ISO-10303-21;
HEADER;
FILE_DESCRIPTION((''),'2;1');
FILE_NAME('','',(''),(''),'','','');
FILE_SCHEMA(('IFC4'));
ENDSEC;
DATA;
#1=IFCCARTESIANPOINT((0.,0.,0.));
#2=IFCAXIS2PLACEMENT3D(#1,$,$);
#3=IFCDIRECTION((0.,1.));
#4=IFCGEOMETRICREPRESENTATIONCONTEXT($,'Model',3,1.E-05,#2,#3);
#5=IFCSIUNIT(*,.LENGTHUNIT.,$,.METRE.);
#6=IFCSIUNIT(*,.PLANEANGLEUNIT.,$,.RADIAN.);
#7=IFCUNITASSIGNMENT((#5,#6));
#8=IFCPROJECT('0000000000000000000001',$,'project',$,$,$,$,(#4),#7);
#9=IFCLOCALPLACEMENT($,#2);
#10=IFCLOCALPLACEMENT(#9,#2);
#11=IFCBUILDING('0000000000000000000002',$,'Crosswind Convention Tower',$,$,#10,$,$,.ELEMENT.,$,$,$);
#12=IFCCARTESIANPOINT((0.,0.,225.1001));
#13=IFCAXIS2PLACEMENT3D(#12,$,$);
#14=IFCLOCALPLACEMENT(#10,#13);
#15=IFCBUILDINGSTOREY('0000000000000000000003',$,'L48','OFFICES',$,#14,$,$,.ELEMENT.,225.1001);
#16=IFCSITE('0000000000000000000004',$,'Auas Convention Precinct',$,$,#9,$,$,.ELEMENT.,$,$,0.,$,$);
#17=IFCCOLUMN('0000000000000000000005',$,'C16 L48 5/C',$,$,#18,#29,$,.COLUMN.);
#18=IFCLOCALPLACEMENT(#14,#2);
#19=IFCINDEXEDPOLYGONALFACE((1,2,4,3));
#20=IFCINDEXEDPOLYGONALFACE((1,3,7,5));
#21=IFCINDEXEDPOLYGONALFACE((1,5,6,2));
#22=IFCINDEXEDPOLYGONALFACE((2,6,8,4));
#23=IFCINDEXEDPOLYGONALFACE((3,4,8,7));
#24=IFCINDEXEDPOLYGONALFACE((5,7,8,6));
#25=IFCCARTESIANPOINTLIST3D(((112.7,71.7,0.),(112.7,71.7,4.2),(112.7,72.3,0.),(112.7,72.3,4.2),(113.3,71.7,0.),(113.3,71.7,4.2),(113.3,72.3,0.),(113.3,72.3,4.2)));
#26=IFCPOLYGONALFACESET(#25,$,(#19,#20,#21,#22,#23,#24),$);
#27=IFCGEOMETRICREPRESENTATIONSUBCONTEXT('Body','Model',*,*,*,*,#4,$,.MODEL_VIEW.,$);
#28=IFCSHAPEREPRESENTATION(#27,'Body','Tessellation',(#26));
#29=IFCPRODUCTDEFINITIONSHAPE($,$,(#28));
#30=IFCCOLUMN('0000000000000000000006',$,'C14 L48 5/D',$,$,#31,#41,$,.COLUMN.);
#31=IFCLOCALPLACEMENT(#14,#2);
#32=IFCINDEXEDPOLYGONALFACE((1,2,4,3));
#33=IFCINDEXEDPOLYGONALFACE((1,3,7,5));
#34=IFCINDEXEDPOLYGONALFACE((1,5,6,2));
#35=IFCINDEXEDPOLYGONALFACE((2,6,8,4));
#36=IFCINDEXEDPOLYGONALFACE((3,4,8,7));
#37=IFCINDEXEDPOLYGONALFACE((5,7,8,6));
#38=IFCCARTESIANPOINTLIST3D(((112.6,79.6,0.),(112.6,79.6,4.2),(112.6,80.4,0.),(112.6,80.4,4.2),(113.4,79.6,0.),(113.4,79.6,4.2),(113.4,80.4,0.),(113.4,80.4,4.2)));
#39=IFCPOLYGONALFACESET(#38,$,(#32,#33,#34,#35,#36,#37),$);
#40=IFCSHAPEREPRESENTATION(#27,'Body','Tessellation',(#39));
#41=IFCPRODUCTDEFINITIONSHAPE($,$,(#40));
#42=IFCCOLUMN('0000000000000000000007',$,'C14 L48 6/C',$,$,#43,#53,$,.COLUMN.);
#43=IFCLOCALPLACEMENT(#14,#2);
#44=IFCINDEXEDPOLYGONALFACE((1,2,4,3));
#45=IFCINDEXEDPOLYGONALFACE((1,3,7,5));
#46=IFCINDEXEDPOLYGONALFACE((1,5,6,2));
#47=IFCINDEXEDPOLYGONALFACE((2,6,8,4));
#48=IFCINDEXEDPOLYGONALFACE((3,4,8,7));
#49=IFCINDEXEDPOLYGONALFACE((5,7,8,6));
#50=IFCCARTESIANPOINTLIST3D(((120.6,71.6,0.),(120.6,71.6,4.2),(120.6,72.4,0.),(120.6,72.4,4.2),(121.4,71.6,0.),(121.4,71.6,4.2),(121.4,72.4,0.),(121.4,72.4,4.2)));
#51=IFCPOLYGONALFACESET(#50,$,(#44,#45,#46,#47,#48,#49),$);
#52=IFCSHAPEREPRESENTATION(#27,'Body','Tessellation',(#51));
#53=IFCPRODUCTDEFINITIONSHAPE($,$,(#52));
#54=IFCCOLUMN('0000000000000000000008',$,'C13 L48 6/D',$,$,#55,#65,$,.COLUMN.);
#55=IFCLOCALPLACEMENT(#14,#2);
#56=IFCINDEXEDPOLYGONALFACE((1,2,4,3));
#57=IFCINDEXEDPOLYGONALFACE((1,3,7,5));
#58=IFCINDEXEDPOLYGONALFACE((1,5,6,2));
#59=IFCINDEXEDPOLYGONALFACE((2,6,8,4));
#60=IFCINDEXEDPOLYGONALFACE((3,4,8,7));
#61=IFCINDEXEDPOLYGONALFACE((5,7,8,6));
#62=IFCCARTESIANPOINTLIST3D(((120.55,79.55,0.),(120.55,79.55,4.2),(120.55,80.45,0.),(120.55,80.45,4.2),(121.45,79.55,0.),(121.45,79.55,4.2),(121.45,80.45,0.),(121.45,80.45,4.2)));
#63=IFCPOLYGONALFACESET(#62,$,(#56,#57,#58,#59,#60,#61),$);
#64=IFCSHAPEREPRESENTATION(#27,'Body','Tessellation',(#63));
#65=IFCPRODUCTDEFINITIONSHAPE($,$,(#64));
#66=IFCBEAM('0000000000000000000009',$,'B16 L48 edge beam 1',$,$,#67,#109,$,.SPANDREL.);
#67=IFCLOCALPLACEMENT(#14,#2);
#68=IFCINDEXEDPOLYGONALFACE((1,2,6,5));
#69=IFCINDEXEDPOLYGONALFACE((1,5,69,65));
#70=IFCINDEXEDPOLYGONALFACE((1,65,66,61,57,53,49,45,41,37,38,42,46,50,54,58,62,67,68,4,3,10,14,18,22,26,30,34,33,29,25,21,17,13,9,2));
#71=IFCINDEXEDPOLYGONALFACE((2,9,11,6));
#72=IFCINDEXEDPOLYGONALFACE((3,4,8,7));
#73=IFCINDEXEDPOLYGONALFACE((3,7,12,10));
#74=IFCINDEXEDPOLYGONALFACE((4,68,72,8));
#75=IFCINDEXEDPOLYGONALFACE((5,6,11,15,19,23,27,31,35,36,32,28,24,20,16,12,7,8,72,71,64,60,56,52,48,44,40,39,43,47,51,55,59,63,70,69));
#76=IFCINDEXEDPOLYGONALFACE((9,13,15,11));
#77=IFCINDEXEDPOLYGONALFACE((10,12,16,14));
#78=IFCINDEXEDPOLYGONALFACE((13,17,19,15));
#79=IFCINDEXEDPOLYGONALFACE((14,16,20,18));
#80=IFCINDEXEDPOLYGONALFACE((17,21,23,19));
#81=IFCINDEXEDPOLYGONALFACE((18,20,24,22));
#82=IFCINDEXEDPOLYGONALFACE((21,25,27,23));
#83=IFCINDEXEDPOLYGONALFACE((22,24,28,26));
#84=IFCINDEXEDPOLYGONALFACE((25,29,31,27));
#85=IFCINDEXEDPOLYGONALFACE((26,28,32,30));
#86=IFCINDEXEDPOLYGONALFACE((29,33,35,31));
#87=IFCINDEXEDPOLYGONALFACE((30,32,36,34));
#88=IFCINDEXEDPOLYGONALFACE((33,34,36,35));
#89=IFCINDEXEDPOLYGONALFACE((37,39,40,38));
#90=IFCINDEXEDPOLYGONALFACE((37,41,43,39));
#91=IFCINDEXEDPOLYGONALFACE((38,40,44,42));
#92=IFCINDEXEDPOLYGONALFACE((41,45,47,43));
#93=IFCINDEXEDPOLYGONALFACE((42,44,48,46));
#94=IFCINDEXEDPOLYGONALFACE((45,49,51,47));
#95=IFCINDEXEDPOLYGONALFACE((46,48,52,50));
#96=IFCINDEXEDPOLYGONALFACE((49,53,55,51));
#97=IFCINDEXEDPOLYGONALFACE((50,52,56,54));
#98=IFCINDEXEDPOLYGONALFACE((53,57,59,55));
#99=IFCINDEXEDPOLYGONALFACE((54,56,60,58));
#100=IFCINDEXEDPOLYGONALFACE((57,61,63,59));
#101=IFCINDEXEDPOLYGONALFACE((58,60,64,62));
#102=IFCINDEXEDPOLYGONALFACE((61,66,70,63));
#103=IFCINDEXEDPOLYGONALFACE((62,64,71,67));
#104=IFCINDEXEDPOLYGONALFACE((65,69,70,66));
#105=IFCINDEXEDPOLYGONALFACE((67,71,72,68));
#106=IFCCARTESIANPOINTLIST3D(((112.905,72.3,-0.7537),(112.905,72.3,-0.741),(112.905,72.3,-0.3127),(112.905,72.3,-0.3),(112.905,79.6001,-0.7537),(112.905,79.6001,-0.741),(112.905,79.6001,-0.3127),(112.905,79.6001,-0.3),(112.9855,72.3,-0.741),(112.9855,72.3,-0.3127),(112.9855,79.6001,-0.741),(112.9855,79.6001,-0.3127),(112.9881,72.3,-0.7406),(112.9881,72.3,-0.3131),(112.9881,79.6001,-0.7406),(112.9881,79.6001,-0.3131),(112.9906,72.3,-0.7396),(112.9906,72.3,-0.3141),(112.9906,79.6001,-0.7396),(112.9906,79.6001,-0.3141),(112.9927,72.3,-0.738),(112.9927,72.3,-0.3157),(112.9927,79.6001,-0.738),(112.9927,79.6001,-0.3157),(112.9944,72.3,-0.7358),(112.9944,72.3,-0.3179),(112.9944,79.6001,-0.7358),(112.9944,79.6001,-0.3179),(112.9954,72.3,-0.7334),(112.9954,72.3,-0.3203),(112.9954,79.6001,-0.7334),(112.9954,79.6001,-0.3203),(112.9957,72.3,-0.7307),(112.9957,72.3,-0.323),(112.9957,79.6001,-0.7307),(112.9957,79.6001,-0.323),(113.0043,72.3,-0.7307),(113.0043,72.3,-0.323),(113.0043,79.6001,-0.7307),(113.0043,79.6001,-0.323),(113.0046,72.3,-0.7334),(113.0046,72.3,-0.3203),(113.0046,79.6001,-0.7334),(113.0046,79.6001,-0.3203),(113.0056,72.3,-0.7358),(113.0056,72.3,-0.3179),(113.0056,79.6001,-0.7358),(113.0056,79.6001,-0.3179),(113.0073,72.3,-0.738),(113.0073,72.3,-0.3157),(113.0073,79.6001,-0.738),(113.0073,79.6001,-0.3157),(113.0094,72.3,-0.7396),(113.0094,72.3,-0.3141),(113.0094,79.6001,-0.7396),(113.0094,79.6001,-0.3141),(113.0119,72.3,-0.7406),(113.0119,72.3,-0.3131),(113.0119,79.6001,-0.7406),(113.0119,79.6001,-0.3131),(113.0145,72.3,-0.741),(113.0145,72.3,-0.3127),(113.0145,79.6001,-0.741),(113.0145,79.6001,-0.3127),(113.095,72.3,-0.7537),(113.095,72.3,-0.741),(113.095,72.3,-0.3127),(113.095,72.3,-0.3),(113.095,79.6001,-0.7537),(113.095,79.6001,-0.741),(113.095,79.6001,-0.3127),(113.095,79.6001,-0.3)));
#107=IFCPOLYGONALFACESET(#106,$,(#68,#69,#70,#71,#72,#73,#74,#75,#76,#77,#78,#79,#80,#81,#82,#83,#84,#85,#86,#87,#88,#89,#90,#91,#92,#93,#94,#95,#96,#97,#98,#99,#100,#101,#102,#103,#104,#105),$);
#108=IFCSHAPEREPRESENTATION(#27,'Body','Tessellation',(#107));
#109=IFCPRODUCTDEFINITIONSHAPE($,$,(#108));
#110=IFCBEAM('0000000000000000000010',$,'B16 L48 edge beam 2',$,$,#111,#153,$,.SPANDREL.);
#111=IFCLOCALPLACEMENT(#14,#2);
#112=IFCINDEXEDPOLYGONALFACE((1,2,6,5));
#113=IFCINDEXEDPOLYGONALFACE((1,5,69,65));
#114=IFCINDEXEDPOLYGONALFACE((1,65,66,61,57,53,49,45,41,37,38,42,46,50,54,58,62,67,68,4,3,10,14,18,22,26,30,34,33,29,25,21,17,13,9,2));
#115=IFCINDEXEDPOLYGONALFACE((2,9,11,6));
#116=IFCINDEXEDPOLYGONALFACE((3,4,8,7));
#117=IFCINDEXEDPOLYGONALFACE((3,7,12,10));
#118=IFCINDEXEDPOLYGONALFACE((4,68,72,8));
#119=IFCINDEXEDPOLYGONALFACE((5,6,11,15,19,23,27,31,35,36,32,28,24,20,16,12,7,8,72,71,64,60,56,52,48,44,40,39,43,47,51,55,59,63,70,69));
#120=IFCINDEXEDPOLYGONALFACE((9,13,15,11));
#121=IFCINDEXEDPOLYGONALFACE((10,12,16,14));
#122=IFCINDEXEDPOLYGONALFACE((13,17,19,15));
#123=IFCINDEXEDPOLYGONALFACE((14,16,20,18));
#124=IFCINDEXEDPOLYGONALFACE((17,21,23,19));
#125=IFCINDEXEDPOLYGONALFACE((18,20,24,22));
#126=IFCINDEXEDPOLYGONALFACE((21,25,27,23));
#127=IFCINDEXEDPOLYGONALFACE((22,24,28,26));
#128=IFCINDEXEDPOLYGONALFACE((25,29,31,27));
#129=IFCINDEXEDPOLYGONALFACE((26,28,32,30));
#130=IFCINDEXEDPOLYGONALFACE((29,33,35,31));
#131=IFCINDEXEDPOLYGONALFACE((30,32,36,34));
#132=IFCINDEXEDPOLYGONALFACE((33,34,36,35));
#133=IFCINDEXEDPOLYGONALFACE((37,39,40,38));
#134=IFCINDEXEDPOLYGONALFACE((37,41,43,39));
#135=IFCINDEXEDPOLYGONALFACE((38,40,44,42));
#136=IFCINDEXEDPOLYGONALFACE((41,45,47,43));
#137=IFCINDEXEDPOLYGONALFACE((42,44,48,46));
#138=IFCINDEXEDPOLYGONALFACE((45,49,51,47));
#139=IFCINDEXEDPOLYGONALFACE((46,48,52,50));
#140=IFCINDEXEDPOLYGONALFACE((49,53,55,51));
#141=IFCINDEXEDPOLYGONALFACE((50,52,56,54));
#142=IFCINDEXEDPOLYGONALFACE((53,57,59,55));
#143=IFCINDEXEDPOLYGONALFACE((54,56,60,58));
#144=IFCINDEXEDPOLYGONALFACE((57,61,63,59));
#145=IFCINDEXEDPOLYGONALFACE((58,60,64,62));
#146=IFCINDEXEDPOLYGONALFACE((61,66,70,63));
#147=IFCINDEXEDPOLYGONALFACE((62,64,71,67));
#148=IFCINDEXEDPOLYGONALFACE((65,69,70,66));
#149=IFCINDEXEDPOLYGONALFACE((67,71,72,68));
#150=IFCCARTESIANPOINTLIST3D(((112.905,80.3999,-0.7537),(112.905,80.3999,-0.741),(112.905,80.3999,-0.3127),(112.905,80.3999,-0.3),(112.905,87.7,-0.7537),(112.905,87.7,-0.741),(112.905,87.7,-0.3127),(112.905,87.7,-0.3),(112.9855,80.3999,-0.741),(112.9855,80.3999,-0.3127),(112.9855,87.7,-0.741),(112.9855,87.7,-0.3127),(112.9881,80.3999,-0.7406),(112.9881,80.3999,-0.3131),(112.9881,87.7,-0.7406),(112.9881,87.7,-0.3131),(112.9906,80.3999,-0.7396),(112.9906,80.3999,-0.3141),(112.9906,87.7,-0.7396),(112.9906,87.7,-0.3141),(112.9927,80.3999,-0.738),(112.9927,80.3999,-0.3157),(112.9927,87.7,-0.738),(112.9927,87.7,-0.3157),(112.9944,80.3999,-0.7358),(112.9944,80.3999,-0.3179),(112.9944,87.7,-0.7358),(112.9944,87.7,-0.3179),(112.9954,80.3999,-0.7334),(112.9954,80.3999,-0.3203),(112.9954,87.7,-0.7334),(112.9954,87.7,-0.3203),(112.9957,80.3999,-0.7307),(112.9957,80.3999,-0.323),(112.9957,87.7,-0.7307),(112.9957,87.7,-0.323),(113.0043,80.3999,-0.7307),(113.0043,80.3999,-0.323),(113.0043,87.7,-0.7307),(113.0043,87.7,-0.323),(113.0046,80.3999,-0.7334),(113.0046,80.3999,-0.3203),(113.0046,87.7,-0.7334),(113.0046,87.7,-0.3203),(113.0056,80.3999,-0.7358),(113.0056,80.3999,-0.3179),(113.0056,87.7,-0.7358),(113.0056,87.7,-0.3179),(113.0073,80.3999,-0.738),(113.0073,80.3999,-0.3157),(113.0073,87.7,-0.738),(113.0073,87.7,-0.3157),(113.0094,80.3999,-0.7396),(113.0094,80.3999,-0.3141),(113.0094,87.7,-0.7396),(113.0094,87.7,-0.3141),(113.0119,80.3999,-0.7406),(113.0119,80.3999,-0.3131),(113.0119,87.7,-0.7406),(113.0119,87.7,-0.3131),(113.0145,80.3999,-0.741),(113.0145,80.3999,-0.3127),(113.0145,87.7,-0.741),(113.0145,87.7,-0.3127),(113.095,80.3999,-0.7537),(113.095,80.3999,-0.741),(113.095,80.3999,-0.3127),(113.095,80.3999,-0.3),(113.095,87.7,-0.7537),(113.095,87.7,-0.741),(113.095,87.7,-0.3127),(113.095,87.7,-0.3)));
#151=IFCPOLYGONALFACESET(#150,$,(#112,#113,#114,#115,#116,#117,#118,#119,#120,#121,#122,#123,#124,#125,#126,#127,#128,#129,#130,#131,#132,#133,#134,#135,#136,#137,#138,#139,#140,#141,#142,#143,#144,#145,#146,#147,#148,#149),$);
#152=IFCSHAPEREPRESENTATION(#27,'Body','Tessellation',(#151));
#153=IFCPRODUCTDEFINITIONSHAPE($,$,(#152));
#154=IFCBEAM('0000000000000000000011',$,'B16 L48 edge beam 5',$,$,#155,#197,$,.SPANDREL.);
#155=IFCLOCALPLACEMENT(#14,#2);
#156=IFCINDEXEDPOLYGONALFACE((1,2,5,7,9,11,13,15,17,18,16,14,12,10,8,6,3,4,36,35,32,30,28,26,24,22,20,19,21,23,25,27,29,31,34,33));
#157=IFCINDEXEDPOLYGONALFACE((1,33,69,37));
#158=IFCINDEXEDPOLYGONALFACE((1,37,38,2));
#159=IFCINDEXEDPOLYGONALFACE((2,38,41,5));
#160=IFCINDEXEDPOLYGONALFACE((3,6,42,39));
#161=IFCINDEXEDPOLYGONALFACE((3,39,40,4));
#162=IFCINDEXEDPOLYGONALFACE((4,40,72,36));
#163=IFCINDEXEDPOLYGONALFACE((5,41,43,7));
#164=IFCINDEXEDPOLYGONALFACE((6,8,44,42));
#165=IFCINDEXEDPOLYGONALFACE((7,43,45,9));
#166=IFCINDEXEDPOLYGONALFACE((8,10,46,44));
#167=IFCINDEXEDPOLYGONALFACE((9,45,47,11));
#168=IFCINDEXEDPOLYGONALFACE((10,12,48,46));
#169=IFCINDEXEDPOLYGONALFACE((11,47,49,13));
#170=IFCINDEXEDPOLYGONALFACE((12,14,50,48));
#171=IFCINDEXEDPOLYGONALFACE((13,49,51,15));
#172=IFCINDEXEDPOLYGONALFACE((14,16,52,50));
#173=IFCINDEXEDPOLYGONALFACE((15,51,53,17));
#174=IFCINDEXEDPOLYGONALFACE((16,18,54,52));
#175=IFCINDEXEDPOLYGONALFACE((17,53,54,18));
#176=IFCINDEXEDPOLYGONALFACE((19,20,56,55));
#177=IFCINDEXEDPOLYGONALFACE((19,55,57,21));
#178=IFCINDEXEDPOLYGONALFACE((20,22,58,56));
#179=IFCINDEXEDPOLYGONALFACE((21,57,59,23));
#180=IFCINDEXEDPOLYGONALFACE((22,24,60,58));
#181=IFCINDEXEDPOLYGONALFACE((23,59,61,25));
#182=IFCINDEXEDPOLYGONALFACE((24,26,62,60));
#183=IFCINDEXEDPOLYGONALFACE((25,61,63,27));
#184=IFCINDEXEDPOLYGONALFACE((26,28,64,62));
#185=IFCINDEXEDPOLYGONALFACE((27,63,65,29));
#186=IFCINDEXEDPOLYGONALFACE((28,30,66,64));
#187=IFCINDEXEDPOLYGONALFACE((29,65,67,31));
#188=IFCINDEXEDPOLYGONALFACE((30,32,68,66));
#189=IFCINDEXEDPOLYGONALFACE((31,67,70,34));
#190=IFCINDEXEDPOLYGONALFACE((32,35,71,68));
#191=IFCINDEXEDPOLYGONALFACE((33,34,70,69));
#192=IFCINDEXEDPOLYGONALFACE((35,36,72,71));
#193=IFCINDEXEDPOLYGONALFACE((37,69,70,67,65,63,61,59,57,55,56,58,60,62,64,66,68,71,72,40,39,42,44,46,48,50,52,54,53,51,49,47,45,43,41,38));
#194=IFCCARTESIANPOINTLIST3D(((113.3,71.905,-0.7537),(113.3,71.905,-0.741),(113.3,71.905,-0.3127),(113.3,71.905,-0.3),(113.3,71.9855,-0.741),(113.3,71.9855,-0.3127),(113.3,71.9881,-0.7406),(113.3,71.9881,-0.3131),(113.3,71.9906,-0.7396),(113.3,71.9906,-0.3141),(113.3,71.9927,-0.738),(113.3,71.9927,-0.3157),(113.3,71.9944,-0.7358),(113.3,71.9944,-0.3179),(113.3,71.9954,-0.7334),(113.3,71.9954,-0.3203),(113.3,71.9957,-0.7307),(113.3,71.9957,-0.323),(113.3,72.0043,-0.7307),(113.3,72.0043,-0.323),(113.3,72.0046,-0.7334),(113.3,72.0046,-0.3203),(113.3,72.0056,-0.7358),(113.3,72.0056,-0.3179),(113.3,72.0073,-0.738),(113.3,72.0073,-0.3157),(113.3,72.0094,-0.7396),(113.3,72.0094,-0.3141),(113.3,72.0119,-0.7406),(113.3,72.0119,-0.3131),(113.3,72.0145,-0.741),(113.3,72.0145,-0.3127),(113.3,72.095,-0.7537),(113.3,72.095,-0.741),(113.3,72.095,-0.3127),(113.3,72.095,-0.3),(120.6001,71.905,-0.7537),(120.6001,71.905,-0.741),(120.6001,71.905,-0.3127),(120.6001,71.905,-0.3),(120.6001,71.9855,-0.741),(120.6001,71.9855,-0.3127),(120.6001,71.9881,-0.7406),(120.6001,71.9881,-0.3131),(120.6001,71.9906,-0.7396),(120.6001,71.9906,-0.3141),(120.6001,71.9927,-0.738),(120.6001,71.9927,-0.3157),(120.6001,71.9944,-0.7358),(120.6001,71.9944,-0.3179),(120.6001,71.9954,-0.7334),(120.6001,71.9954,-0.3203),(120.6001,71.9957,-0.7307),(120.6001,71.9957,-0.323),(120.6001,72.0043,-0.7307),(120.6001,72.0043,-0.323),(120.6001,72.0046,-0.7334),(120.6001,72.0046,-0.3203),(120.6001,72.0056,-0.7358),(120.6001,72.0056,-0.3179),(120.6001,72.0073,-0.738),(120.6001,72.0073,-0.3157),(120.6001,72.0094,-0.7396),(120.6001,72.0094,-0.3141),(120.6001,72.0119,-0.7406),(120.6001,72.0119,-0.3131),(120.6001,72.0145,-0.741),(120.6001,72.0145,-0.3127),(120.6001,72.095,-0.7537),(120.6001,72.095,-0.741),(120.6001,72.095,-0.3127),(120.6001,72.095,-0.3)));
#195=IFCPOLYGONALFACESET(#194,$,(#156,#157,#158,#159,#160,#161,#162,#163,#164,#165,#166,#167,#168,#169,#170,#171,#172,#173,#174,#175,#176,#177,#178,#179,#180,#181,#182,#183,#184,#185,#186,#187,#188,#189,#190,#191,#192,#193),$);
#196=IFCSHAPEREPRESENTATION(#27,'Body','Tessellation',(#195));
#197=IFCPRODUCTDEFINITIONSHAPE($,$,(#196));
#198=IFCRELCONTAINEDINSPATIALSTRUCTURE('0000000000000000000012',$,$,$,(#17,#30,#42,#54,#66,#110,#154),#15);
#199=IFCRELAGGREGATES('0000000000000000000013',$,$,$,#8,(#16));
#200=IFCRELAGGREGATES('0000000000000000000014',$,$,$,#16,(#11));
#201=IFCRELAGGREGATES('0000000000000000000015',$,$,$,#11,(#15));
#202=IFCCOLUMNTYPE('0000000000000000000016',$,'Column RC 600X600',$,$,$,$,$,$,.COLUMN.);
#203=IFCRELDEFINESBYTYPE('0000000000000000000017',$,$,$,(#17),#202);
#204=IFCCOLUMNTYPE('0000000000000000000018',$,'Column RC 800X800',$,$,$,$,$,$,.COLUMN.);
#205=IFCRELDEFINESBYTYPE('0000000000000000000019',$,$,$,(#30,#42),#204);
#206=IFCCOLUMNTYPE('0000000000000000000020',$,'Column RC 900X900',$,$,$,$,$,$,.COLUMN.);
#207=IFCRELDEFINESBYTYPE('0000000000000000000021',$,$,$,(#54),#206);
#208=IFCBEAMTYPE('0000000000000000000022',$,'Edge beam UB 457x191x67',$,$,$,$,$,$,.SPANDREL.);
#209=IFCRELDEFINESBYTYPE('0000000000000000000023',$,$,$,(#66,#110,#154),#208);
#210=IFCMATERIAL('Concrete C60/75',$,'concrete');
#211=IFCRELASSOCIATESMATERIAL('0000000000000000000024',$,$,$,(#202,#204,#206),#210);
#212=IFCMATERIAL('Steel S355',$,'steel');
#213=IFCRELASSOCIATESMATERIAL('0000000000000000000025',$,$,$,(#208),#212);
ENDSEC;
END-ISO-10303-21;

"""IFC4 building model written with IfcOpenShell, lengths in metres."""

from ifc_helpers import new_model, si_unit, direction, frame, origin, origin_2d, place, context, subcontext, project, spatial, rectangle, i_section, extrude, material, material_profile, profile_set, type_object, element, save


model = new_model("IFC4")

# Units and contexts
model_context = context("Model", 3, precision=1e-05, world=origin(), true_north=direction((0.0, 1.0)))
body_context = subcontext(model_context, "Body", "Model", "MODEL_VIEW")
ifc_project = project(units=[si_unit("LENGTHUNIT", "METRE"), si_unit("PLANEANGLEUNIT", "RADIAN")], contexts=[model_context])

# Site, building, storey
site_placement = place(None, origin())
site = spatial("IfcSite", under=ifc_project, at=site_placement, Name="Auas Convention Precinct", CompositionType="ELEMENT", RefElevation=0.0)
building_placement = place(site_placement, origin())
building = spatial("IfcBuilding", under=site, at=building_placement, Name="Crosswind Convention Tower", CompositionType="ELEMENT")
storey_placement = place(building_placement, frame((0.0, 0.0, 225.1001)))
storey = spatial("IfcBuildingStorey", under=building, at=storey_placement, Name="L48", Description="OFFICES", CompositionType="ELEMENT", Elevation=225.1001)

# Columns
ifc_material_1 = material(Name="Concrete C60/75", Category="concrete")
ifc_material_profile_1 = material_profile(ifc_material_1, rectangle(XDim=0.6001, YDim=0.6001, at=origin_2d()), Name="RC 600X600")
ifc_profile_set_1 = profile_set([ifc_material_profile_1], Name="Concrete C60/75")
column_type_1 = type_object("IfcColumnType", Name="Column RC 600X600", PredefinedType="COLUMN", material=ifc_profile_set_1)
column_1_placement = place(storey_placement, frame((113.0, 72.0, 0.0), z_axis=(0.0, 0.0, 1.0), x_axis=(1.0, 0.0, 0.0)))
element("IfcColumn", 1, at=column_1_placement, inside=storey, type_object=column_type_1, Name="C16 L48 5/C", PredefinedType="COLUMN", context=body_context, shape_type="SweptSolid", body=[
    extrude(rectangle(XDim=0.6001, YDim=0.6001, at=origin_2d()), origin(), (0.0, 0.0, 1.0), 4.2),
])
ifc_material_profile_2 = material_profile(ifc_material_1, rectangle(XDim=0.8, YDim=0.8, at=origin_2d()), Name="RC 800X800")
ifc_profile_set_2 = profile_set([ifc_material_profile_2], Name="Concrete C60/75")
column_type_2 = type_object("IfcColumnType", Name="Column RC 800X800", PredefinedType="COLUMN", material=ifc_profile_set_2)
for number, where, z_axis, x_axis, name in (
    (2, (113.0, 80.0, 0.0), (0.0, 0.0, 1.0), (1.0, 0.0, 0.0), "C14 L48 5/D"),
    (3, (121.0, 72.0, 0.0), (0.0, 0.0, 1.0), (1.0, 0.0, 0.0), "C14 L48 6/C"),
):
    element("IfcColumn", number, at=place(storey_placement, frame(where, z_axis=z_axis, x_axis=x_axis)), inside=storey, type_object=column_type_2, Name=name, PredefinedType="COLUMN", context=body_context, shape_type="SweptSolid", body=[
        extrude(rectangle(XDim=0.8, YDim=0.8, at=origin_2d()), origin(), (0.0, 0.0, 1.0), 4.2),
    ])
ifc_material_profile_3 = material_profile(ifc_material_1, rectangle(XDim=0.8999, YDim=0.8999, at=origin_2d()), Name="RC 900X900")
ifc_profile_set_3 = profile_set([ifc_material_profile_3], Name="Concrete C60/75")
column_type_3 = type_object("IfcColumnType", Name="Column RC 900X900", PredefinedType="COLUMN", material=ifc_profile_set_3)
column_2_placement = place(storey_placement, frame((121.0, 80.0, 0.0), z_axis=(0.0, 0.0, 1.0), x_axis=(1.0, 0.0, 0.0)))
element("IfcColumn", 4, at=column_2_placement, inside=storey, type_object=column_type_3, Name="C13 L48 6/D", PredefinedType="COLUMN", context=body_context, shape_type="SweptSolid", body=[
    extrude(rectangle(XDim=0.8999, YDim=0.8999, at=origin_2d()), origin(), (0.0, 0.0, 1.0), 4.2),
])

# Beams
ifc_material_2 = material(Name="Steel S355", Category="steel")
ifc_material_profile_4 = material_profile(ifc_material_2, i_section(OverallWidth=0.1899, OverallDepth=0.4536, WebThickness=0.0085, FlangeThickness=0.0127, FilletRadius=0.0103, at=origin_2d()), Name="UB 457x191x67")
ifc_profile_set_4 = profile_set([ifc_material_profile_4], Name="Steel S355")
beam_type_1 = type_object("IfcBeamType", Name="Edge beam UB 457x191x67", PredefinedType="SPANDREL", material=ifc_profile_set_4)
for number, where, z_axis, x_axis, name in (
    (5, (113.0, 72.3, -0.5269), (0.0, 1.0, 0.0), (-1.0, 0.0, 0.0), "B16 L48 edge beam 1"),
    (6, (113.0, 80.3999, -0.5269), (0.0, 1.0, 0.0), (-1.0, 0.0, 0.0), "B16 L48 edge beam 2"),
    (7, (113.3, 72.0, -0.5269), (1.0, 0.0, 0.0), (0.0, 1.0, 0.0), "B16 L48 edge beam 5"),
):
    element("IfcBeam", number, at=place(storey_placement, frame(where, z_axis=z_axis, x_axis=x_axis)), inside=storey, type_object=beam_type_1, Name=name, PredefinedType="SPANDREL", context=body_context, shape_type="SweptSolid", body=[
        extrude(i_section(OverallWidth=0.1899, OverallDepth=0.4536, WebThickness=0.0085, FlangeThickness=0.0127, FilletRadius=0.0103, at=origin_2d()), origin(), (0.0, 0.0, 1.0), 7.3),
    ])

save(model, "model.ifc")
